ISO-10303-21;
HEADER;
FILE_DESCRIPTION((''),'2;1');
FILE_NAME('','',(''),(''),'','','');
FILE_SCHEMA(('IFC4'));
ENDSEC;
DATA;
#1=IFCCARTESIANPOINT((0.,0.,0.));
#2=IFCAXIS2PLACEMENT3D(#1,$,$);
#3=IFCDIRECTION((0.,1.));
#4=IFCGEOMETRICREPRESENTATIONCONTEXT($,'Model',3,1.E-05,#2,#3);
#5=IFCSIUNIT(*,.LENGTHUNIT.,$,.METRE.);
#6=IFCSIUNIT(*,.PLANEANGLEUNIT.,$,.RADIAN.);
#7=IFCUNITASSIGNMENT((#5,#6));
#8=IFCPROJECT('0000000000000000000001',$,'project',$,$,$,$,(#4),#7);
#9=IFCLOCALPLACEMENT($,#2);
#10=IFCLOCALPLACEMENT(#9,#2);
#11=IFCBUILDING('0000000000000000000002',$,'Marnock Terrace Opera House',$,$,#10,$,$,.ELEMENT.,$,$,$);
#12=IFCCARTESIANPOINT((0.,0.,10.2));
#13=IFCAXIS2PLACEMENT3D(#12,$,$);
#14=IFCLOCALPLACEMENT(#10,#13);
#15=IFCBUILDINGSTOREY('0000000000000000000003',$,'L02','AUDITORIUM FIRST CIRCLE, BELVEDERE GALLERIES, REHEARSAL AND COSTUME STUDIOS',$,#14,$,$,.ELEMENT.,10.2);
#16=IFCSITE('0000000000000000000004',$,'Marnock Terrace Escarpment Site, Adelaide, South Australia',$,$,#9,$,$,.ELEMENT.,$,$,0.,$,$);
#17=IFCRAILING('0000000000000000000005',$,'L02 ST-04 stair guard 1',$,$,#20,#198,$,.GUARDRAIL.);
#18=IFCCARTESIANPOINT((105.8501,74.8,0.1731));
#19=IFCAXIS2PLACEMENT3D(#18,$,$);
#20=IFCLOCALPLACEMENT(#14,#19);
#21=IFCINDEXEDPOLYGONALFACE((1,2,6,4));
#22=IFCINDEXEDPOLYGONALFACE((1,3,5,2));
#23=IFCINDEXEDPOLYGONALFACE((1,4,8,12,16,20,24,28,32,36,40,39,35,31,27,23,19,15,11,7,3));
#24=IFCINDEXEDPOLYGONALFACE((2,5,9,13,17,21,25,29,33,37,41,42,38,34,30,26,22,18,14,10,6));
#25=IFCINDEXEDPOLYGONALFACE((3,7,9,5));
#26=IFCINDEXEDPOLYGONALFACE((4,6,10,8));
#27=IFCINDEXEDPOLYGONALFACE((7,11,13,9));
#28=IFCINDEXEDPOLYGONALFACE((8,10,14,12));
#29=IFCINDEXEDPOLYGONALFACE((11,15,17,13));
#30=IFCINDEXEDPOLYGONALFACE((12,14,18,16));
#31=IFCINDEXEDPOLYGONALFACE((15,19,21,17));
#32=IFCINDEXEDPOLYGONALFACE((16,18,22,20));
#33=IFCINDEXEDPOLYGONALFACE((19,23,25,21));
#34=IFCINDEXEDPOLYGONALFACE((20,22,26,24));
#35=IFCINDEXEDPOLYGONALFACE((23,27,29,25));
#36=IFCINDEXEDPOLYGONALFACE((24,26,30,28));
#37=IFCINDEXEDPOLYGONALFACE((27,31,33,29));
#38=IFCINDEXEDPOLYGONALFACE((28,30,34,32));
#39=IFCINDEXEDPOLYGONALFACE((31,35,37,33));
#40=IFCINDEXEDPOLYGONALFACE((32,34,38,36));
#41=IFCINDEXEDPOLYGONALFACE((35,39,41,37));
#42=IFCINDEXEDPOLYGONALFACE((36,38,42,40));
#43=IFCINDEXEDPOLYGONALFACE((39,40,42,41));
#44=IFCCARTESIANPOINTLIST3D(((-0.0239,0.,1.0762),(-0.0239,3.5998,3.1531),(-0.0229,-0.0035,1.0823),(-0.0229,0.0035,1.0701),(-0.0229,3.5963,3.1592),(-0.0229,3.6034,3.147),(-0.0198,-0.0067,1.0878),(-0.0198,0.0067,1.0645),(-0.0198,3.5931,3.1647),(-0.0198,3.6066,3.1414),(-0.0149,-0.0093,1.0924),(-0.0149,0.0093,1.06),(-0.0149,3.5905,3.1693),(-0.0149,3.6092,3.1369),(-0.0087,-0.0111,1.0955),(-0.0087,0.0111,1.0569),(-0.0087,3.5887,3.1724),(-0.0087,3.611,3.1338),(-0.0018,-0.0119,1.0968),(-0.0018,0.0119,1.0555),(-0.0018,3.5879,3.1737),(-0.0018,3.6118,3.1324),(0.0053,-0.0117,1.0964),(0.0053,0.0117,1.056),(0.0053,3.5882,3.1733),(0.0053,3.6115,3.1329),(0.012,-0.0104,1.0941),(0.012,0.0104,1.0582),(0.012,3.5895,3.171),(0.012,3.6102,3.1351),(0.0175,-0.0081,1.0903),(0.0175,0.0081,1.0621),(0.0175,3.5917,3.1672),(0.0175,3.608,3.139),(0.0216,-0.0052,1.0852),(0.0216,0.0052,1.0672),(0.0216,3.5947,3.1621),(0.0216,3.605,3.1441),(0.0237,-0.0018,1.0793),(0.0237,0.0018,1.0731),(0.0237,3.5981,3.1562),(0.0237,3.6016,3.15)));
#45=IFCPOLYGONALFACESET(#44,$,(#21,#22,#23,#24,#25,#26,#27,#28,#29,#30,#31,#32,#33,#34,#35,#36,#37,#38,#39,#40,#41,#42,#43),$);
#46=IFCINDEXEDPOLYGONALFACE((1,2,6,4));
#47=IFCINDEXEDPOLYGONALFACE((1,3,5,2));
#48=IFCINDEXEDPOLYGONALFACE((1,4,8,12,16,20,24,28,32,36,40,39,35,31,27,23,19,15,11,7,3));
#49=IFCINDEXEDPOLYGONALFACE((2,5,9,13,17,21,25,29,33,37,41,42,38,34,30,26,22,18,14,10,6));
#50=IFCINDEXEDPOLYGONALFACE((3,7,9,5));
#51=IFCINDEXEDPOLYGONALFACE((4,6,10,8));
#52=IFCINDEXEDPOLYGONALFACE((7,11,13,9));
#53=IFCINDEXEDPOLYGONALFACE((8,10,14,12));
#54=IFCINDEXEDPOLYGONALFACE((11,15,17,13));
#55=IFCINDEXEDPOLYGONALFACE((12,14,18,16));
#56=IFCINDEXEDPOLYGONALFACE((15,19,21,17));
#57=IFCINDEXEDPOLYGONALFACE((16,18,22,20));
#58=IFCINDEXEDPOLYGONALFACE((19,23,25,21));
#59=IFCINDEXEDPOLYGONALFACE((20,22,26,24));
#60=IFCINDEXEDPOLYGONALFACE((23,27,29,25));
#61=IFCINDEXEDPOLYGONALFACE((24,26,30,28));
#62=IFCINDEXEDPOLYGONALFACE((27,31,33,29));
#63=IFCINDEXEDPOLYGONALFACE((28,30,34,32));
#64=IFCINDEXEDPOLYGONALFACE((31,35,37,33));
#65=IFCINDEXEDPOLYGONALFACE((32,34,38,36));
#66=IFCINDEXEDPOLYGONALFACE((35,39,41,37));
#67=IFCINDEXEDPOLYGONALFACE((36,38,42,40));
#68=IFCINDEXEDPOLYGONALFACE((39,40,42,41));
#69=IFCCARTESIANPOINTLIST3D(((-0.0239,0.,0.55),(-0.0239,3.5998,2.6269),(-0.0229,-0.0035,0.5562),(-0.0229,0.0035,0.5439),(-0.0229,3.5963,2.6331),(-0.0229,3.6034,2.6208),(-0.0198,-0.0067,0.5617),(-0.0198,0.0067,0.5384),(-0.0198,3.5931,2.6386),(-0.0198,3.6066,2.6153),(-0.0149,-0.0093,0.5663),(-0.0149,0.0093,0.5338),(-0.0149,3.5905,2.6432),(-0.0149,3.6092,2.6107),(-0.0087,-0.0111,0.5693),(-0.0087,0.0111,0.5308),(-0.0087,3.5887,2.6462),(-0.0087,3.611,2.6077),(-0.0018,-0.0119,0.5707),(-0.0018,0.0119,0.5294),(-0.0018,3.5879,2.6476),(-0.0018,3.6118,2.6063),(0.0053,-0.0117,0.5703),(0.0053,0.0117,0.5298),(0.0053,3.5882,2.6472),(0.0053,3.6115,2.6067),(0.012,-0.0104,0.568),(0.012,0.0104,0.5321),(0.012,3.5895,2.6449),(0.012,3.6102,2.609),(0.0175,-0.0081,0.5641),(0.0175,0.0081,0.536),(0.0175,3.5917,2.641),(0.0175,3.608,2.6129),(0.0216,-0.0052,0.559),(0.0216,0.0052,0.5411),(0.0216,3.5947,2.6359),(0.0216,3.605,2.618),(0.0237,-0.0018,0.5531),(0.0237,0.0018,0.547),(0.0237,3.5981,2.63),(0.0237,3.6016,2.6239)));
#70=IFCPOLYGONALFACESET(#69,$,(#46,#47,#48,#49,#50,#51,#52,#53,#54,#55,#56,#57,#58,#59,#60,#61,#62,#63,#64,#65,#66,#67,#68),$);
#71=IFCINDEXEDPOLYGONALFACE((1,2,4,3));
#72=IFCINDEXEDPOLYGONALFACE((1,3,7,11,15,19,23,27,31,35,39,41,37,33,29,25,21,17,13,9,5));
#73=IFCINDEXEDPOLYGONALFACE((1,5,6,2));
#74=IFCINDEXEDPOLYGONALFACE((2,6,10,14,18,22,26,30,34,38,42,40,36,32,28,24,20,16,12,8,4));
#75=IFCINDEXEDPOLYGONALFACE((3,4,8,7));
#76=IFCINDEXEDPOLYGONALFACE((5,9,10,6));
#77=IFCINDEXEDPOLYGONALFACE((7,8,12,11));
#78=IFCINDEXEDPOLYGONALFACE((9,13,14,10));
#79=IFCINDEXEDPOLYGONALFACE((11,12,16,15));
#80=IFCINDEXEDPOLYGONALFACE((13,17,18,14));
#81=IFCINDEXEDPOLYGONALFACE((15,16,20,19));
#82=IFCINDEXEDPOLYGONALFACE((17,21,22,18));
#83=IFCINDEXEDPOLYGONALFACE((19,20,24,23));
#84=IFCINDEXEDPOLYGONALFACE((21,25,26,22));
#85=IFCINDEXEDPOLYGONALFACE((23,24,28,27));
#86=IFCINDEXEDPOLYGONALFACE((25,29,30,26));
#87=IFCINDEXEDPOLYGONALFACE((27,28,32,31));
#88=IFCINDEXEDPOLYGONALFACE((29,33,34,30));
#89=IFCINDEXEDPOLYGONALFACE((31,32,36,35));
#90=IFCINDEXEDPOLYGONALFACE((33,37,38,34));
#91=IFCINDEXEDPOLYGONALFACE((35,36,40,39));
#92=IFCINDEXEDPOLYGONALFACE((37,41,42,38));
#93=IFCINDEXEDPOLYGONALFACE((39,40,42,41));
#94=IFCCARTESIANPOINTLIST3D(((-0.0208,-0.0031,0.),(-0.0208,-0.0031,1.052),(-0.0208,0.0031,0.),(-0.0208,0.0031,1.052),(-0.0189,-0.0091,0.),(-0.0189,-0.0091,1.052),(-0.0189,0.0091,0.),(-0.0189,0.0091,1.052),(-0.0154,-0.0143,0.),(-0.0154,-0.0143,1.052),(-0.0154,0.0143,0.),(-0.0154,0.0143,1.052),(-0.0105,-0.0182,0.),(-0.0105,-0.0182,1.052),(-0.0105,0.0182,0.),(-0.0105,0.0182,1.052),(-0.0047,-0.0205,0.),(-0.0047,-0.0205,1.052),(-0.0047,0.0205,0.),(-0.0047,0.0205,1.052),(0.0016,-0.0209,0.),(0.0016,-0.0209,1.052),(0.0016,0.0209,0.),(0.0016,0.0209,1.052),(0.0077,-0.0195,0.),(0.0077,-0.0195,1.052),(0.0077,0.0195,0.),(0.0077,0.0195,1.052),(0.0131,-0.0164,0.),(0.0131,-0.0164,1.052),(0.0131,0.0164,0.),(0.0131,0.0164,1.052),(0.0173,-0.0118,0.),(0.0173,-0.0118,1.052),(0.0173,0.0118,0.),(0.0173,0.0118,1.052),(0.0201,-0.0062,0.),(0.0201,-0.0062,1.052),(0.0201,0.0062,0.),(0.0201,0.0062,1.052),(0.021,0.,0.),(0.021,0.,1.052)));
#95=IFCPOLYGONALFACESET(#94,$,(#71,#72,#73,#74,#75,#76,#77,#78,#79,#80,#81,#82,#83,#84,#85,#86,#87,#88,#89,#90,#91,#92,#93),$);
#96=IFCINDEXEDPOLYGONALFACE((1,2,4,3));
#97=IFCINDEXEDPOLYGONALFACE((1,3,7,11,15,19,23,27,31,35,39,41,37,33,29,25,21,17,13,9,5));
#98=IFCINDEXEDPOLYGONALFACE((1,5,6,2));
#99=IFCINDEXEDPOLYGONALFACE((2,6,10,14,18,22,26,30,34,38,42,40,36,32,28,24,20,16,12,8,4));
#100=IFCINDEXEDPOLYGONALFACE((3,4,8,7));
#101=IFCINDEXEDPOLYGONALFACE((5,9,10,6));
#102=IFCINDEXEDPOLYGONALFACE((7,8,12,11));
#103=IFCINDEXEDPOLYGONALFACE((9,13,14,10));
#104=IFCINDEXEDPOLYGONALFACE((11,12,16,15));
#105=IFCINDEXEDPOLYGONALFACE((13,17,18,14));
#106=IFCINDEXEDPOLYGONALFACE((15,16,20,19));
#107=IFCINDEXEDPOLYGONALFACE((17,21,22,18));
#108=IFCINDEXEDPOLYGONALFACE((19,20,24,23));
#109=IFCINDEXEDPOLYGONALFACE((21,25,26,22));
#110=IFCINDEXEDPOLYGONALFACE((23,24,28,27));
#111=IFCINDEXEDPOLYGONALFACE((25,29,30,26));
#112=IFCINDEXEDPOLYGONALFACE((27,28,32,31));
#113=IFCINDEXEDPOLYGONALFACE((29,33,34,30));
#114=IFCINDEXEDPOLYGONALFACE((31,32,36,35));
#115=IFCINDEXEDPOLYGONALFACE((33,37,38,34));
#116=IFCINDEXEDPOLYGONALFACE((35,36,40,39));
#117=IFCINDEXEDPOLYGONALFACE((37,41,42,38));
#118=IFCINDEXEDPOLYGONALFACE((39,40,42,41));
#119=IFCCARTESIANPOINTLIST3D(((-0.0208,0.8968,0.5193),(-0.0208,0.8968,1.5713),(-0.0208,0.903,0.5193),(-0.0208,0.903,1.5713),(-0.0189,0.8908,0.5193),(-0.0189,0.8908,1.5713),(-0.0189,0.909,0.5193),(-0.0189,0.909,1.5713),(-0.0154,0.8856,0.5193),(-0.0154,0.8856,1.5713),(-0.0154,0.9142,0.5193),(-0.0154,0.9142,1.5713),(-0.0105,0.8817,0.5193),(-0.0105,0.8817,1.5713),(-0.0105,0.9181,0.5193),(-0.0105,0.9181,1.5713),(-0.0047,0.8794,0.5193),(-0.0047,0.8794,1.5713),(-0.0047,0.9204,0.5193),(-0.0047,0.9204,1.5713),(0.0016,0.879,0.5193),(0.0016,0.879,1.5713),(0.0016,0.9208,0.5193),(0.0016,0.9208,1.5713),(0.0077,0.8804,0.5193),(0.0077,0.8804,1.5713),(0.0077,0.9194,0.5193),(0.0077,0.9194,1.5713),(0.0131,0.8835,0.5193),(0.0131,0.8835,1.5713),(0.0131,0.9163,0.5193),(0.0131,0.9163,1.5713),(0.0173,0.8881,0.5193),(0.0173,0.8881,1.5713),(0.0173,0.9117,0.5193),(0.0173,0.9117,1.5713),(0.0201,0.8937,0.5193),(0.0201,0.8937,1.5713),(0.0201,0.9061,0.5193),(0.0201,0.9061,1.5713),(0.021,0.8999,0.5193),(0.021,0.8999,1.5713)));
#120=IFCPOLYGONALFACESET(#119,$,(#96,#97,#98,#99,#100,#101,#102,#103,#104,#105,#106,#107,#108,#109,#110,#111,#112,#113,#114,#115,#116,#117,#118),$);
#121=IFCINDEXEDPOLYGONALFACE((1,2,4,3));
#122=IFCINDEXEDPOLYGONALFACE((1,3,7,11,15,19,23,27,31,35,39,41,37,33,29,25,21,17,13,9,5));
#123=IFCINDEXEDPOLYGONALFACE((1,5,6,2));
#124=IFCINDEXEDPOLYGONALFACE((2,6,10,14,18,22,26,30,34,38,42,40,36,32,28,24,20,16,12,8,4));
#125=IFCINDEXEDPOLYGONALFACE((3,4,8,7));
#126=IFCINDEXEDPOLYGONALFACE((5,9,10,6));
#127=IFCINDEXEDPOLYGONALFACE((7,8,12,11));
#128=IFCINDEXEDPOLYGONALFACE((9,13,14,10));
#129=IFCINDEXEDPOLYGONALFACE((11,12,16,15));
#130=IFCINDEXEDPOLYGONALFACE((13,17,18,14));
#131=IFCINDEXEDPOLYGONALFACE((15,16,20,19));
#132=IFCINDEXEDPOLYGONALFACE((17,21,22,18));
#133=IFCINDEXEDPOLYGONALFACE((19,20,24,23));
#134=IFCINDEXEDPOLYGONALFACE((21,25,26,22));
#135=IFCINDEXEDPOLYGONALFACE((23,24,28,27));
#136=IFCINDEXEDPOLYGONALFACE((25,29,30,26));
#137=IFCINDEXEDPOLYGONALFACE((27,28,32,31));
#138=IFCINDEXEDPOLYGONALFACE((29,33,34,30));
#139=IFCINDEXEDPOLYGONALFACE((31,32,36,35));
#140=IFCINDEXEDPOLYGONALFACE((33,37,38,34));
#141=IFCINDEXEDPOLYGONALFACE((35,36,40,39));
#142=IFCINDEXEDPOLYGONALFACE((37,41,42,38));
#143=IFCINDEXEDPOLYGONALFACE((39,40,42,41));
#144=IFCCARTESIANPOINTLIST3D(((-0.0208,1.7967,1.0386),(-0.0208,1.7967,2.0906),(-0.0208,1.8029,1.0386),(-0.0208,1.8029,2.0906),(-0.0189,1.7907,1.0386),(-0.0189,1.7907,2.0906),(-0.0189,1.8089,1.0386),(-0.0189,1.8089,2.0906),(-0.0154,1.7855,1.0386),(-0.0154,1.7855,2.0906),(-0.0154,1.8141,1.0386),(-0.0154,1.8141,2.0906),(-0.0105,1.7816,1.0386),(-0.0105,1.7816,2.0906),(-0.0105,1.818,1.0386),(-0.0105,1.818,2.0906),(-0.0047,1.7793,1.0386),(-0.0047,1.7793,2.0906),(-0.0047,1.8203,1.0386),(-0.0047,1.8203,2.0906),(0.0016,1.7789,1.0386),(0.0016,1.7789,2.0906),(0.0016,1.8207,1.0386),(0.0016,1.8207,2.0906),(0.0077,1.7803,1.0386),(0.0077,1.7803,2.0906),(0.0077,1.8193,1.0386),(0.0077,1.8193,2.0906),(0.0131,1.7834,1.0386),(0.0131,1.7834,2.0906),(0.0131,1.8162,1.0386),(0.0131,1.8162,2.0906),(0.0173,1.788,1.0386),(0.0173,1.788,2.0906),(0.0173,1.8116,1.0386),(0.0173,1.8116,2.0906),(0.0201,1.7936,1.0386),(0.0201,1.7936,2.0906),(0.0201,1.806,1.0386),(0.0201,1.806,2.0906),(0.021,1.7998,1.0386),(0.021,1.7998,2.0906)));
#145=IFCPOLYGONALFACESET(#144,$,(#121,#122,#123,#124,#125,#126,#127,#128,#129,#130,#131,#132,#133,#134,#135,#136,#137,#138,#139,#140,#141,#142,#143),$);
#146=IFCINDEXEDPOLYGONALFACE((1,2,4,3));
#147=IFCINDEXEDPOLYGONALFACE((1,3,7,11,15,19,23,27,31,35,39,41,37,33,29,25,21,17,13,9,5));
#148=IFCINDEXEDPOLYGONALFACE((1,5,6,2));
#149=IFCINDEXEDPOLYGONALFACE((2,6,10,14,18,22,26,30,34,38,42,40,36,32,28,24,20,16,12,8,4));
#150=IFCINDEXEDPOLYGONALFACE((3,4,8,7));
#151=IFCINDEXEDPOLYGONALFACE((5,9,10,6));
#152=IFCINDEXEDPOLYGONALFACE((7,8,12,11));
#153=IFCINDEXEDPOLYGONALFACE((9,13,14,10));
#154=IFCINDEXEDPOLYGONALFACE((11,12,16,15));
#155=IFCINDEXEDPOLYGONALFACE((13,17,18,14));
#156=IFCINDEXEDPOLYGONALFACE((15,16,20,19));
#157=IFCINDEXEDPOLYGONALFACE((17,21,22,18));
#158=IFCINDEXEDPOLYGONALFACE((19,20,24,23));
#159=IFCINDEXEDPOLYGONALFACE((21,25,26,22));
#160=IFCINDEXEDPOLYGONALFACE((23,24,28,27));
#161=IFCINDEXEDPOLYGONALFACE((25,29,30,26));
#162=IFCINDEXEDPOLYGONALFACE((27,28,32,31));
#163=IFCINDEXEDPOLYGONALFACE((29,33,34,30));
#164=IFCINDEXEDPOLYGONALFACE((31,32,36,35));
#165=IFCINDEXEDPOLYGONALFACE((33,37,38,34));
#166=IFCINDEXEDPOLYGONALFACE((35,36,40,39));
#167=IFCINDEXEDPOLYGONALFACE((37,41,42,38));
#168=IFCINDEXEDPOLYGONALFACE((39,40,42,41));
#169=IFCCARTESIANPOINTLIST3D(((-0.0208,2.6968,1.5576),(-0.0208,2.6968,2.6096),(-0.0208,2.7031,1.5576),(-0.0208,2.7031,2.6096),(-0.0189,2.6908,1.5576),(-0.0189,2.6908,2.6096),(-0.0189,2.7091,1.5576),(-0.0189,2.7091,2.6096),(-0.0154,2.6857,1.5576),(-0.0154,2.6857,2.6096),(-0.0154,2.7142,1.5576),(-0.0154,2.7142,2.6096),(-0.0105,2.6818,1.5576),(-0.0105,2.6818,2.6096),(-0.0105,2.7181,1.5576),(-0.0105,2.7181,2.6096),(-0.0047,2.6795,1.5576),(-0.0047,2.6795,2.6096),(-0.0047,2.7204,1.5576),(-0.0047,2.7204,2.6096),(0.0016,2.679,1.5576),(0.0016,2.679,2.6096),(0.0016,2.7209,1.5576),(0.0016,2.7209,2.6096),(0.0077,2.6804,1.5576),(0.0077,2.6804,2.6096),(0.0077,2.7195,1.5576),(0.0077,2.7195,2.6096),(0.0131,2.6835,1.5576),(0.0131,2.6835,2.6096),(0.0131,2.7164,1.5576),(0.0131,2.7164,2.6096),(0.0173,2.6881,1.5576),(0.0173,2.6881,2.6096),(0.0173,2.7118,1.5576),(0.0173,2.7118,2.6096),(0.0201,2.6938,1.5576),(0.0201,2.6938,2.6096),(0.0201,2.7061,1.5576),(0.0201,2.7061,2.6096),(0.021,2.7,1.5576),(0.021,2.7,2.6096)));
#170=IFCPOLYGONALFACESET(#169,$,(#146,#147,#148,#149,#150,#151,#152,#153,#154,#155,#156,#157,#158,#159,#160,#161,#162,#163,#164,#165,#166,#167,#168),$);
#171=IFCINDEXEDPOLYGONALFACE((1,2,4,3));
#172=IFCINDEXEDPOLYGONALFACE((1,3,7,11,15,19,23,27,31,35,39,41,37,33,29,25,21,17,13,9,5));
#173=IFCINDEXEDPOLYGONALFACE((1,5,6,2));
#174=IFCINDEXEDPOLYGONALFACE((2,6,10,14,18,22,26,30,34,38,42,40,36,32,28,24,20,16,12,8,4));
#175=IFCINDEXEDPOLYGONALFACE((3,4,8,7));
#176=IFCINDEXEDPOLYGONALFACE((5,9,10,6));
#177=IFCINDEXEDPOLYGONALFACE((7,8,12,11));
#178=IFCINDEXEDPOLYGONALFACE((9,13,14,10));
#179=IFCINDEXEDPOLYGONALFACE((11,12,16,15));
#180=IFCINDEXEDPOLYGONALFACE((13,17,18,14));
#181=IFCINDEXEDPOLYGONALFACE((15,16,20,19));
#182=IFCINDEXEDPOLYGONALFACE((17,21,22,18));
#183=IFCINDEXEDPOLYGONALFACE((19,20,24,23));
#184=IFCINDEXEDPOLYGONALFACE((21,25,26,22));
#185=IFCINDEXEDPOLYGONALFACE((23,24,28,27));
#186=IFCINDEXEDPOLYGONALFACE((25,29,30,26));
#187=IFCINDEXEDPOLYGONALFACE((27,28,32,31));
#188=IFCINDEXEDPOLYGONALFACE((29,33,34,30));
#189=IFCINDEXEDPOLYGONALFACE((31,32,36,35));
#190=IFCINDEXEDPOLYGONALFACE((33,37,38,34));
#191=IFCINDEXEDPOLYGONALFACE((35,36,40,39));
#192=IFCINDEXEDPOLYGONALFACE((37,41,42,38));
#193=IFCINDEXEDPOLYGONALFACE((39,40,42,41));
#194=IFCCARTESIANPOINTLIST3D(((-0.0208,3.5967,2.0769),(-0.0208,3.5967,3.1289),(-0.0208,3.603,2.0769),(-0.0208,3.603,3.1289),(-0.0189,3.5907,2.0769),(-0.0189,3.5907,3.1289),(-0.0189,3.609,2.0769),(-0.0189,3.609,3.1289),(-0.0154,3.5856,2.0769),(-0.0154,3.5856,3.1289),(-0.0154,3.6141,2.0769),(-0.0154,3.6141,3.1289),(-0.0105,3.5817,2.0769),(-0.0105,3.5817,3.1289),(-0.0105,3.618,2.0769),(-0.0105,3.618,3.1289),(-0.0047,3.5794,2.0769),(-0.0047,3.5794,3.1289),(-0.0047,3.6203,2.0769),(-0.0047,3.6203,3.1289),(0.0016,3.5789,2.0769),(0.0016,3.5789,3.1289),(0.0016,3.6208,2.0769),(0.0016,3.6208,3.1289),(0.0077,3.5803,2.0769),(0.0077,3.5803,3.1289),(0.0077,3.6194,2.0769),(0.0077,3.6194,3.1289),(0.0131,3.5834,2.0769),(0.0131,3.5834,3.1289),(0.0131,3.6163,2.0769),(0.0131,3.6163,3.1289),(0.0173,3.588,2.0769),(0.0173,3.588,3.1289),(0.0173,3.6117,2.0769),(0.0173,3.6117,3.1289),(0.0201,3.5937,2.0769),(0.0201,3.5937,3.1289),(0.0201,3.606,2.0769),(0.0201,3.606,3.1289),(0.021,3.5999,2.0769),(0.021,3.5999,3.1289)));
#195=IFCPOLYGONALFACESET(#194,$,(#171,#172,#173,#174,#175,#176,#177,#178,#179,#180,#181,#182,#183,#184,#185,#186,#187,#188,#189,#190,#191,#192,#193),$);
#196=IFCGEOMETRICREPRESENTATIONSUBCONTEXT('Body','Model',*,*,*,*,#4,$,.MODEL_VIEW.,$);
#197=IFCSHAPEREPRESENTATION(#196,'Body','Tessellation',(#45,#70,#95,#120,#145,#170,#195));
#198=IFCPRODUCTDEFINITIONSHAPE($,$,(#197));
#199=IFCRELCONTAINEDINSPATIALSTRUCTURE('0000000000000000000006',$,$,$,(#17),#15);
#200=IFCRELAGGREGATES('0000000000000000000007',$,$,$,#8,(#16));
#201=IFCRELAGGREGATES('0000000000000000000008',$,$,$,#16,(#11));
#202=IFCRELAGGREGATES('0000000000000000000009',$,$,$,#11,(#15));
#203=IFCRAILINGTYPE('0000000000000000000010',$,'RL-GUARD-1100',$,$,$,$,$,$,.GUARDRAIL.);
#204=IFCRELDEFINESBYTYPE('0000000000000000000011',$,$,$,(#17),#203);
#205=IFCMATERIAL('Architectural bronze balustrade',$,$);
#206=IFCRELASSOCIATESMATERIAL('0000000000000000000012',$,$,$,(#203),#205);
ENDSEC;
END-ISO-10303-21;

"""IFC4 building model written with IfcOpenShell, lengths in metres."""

from ifc_helpers import new_model, si_unit, direction, frame, origin, origin_2d, place, context, subcontext, project, spatial, circle, extrude, material, type_object, element, save


model = new_model("IFC4")

# Units and contexts
model_context = context("Model", 3, precision=1e-05, world=origin(), true_north=direction((0.0, 1.0)))
body_context = subcontext(model_context, "Body", "Model", "MODEL_VIEW")
ifc_project = project(units=[si_unit("LENGTHUNIT", "METRE"), si_unit("PLANEANGLEUNIT", "RADIAN")], contexts=[model_context])

# Site, building, storey
site_placement = place(None, origin())
site = spatial("IfcSite", under=ifc_project, at=site_placement, Name="Marnock Terrace Escarpment Site, Adelaide, South Australia", CompositionType="ELEMENT", RefElevation=0.0)
building_placement = place(site_placement, origin())
building = spatial("IfcBuilding", under=site, at=building_placement, Name="Marnock Terrace Opera House", CompositionType="ELEMENT")
storey_placement = place(building_placement, frame((0.0, 0.0, 10.2)))
storey = spatial("IfcBuildingStorey", under=building, at=storey_placement, Name="L02", Description="AUDITORIUM FIRST CIRCLE, BELVEDERE GALLERIES, REHEARSAL AND COSTUME STUDIOS", CompositionType="ELEMENT", Elevation=10.2)

# Railing
ifc_material_1 = material(Name="Architectural bronze balustrade")
railing_type_1 = type_object("IfcRailingType", Name="RL-GUARD-1100", PredefinedType="GUARDRAIL", material=ifc_material_1)
railing_1_placement = place(storey_placement, frame((105.8501, 74.8, 0.1731)))
element("IfcRailing", 1, at=railing_1_placement, inside=storey, type_object=railing_type_1, Name="L02 ST-04 stair guard 1", PredefinedType="GUARDRAIL", context=body_context, shape_type="SweptSolid", body=[
    extrude(circle(Radius=0.0239, at=origin_2d()), frame((0.0, 0.0, 1.0762), z_axis=(0.0, 0.866179, 0.499734), x_axis=(-1.0, 0.0, 0.0)), (0.0, 0.0, 1.0), 4.156),
    extrude(circle(Radius=0.0239, at=origin_2d()), frame((0.0, 0.0, 0.55), z_axis=(0.0, 0.866179, 0.499734), x_axis=(-1.0, 0.0, 0.0)), (0.0, 0.0, 1.0), 4.156),
    extrude(circle(Radius=0.021, at=origin_2d()), origin(), (0.0, 0.0, 1.0), 1.052),
    extrude(circle(Radius=0.021, at=origin_2d()), frame((0.0, 0.8999, 0.5193)), (0.0, 0.0, 1.0), 1.052),
    extrude(circle(Radius=0.021, at=origin_2d()), frame((0.0, 1.7998, 1.0386)), (0.0, 0.0, 1.0), 1.052),
    extrude(circle(Radius=0.021, at=origin_2d()), frame((0.0, 2.7, 1.5576)), (0.0, 0.0, 1.0), 1.052),
    extrude(circle(Radius=0.021, at=origin_2d()), frame((0.0, 3.5999, 2.0769)), (0.0, 0.0, 1.0), 1.052),
])

save(model, "model.ifc")
